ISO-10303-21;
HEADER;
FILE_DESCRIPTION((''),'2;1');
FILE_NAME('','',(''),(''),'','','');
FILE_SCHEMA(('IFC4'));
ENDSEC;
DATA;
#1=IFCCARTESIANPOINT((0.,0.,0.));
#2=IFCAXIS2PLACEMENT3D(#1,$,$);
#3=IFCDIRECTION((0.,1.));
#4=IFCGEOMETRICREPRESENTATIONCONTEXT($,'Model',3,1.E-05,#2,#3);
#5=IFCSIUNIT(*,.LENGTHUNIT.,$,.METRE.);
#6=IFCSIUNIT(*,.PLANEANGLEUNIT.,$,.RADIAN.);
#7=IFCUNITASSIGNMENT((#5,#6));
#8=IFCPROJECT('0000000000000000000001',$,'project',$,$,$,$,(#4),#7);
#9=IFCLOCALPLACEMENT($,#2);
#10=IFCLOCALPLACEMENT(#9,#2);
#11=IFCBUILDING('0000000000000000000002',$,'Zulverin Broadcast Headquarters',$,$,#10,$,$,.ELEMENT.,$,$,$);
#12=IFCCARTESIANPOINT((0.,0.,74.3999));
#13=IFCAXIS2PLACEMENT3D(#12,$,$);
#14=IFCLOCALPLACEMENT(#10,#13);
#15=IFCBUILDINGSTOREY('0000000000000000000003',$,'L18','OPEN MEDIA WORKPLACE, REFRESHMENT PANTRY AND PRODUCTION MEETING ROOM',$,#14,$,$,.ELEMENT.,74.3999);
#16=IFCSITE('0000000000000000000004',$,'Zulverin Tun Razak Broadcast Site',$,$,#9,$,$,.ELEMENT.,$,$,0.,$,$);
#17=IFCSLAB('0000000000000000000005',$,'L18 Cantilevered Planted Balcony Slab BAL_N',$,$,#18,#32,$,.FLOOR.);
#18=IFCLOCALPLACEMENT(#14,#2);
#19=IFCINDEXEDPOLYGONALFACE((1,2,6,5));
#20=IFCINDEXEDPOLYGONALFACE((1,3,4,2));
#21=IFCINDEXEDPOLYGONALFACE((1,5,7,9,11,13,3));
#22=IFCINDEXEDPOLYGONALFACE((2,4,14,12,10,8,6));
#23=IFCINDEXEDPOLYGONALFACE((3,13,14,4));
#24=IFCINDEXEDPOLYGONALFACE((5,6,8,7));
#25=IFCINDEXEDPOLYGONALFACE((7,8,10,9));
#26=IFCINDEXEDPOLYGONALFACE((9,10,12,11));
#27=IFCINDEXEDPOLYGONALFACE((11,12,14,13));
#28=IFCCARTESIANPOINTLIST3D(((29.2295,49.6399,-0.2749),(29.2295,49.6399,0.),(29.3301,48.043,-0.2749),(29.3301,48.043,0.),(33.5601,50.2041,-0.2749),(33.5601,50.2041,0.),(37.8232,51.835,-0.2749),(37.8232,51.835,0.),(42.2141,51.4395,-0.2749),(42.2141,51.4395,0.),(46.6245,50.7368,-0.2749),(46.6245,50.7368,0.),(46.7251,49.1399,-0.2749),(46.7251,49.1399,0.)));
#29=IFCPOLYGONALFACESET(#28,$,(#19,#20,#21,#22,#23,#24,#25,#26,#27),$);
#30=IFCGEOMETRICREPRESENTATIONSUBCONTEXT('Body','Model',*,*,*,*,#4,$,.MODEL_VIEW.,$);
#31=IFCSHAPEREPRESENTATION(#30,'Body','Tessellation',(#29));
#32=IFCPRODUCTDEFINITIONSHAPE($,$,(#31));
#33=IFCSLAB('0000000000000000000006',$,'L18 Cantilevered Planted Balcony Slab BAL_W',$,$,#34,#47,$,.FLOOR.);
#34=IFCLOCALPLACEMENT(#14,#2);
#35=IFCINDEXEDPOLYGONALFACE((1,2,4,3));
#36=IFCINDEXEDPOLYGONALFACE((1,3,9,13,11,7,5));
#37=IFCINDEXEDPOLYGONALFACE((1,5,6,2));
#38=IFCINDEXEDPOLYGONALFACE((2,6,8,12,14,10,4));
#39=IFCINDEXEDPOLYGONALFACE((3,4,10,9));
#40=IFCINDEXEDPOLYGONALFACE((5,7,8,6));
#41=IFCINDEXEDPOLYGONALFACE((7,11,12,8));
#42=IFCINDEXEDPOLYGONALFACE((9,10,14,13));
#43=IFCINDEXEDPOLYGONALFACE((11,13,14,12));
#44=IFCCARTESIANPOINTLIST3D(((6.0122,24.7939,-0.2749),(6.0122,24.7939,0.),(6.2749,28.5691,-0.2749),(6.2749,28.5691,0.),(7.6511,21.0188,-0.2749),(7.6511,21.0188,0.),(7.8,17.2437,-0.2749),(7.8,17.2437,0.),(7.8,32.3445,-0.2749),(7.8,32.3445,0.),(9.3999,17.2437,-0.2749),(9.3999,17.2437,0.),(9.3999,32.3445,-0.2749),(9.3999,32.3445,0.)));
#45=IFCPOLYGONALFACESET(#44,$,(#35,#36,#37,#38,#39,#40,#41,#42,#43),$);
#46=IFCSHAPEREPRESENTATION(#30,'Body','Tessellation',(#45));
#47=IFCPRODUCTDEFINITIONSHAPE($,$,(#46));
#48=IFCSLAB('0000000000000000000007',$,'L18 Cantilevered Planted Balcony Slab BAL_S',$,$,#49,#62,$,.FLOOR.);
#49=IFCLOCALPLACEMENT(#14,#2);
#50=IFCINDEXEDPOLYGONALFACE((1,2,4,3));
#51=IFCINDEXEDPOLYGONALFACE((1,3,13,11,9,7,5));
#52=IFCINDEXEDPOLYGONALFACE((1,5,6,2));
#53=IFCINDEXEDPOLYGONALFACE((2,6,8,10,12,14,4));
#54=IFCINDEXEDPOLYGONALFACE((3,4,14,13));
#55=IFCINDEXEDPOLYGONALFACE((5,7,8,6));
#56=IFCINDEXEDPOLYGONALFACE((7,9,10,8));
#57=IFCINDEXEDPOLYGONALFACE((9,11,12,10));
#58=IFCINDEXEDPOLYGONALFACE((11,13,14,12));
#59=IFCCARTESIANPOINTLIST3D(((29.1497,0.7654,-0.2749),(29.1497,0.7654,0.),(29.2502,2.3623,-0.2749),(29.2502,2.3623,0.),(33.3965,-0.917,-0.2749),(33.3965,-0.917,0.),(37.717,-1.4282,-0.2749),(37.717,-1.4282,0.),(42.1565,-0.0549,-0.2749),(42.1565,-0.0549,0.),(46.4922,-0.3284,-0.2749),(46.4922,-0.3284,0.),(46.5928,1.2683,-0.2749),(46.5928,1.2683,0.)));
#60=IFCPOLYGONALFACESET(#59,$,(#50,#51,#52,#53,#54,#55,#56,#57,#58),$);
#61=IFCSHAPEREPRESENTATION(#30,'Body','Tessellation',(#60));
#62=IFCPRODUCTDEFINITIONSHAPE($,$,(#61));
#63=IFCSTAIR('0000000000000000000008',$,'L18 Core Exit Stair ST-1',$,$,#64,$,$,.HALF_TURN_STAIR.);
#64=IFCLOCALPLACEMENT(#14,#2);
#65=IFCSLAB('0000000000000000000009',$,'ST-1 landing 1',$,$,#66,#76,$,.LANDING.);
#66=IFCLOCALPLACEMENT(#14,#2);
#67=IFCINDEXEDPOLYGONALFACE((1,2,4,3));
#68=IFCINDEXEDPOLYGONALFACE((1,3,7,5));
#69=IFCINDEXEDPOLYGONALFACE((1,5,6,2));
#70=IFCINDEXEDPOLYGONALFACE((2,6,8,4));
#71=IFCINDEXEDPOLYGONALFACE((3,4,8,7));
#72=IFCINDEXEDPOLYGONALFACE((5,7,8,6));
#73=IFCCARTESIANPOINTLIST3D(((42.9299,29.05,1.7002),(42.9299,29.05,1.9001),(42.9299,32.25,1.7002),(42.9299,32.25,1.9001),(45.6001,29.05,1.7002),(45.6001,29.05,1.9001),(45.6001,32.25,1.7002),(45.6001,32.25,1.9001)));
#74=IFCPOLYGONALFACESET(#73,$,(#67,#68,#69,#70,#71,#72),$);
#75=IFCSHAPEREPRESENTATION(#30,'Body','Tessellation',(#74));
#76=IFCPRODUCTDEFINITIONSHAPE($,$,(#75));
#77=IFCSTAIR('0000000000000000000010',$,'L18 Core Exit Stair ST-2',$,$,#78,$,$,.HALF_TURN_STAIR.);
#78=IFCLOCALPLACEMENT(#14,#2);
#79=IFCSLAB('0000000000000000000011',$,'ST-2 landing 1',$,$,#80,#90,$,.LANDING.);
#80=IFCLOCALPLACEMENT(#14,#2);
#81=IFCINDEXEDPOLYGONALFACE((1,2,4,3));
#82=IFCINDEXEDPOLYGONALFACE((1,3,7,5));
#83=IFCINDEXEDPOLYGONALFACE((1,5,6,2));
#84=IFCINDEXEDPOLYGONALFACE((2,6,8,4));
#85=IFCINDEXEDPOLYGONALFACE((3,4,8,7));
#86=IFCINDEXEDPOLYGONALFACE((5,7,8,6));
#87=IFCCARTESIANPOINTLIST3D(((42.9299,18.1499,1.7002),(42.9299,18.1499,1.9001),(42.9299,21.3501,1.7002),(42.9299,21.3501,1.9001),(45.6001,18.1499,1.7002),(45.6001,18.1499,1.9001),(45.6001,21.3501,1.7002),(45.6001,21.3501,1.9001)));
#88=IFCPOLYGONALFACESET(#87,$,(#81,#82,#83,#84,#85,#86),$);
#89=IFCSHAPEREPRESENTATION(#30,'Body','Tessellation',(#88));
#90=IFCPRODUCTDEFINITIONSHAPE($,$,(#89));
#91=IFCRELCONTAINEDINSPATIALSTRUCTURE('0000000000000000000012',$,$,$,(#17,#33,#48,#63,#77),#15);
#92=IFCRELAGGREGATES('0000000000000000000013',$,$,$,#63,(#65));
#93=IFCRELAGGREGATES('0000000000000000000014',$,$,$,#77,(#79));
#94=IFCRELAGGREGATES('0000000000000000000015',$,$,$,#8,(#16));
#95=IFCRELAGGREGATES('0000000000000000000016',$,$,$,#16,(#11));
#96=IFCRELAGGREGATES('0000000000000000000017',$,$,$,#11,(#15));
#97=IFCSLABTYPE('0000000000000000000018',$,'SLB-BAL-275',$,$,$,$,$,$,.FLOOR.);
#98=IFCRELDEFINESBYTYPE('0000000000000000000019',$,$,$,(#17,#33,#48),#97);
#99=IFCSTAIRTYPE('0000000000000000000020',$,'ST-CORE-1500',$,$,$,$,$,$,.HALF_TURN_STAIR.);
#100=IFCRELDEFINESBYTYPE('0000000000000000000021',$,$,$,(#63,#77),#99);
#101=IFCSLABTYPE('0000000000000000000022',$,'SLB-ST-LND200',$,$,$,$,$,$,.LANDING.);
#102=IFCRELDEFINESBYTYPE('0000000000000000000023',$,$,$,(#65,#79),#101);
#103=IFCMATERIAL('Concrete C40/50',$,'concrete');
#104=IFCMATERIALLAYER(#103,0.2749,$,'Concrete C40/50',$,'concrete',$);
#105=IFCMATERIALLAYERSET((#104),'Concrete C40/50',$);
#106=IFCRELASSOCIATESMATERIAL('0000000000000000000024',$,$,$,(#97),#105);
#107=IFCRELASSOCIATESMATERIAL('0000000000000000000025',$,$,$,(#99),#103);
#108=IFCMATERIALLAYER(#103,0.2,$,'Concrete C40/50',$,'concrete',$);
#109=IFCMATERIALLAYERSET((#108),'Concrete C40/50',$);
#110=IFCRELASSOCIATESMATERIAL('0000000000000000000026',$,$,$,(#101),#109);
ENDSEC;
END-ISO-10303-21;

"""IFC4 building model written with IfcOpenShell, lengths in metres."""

from ifc_helpers import new_model, si_unit, direction, frame, origin, place, context, subcontext, project, spatial, polyline, outline, extrude, material, layer, layer_set, type_object, element, aggregate, save


model = new_model("IFC4")

# Units and contexts
model_context = context("Model", 3, precision=1e-05, world=origin(), true_north=direction((0.0, 1.0)))
body_context = subcontext(model_context, "Body", "Model", "MODEL_VIEW")
ifc_project = project(units=[si_unit("LENGTHUNIT", "METRE"), si_unit("PLANEANGLEUNIT", "RADIAN")], contexts=[model_context])

# Site, building, storey
site_placement = place(None, origin())
site = spatial("IfcSite", under=ifc_project, at=site_placement, Name="Zulverin Tun Razak Broadcast Site", CompositionType="ELEMENT", RefElevation=0.0)
building_placement = place(site_placement, origin())
building = spatial("IfcBuilding", under=site, at=building_placement, Name="Zulverin Broadcast Headquarters", CompositionType="ELEMENT")
storey_placement = place(building_placement, frame((0.0, 0.0, 74.3999)))
storey = spatial("IfcBuildingStorey", under=building, at=storey_placement, Name="L18", Description="OPEN MEDIA WORKPLACE, REFRESHMENT PANTRY AND PRODUCTION MEETING ROOM", CompositionType="ELEMENT", Elevation=74.3999)

# Slabs
ifc_material_1 = material(Name="Concrete C40/50", Category="concrete")
ifc_layer_1 = layer(ifc_material_1, 0.2749, Name="Concrete C40/50", Category="concrete")
ifc_layer_set_1 = layer_set([ifc_layer_1], Name="Concrete C40/50")
slab_type_1 = type_object("IfcSlabType", Name="SLB-BAL-275", PredefinedType="FLOOR", material=ifc_layer_set_1)
slab_1_placement = place(storey_placement, frame((0.0, 0.0, -0.2749)))
element("IfcSlab", 1, at=slab_1_placement, inside=storey, type_object=slab_type_1, Name="L18 Cantilevered Planted Balcony Slab BAL_N", PredefinedType="FLOOR", context=body_context, shape_type="SweptSolid", body=[
    extrude(outline(polyline([(29.3301, 48.043), (46.7251, 49.1399), (46.6245, 50.7368), (42.2141, 51.4395), (37.8232, 51.835), (33.5601, 50.2041), (29.2295, 49.6399), (29.3301, 48.043)])), origin(), (0.0, 0.0, 1.0), 0.2749),
])
slab_2_placement = place(storey_placement, frame((0.0, 0.0, -0.2749)))
element("IfcSlab", 2, at=slab_2_placement, inside=storey, type_object=slab_type_1, Name="L18 Cantilevered Planted Balcony Slab BAL_W", PredefinedType="FLOOR", context=body_context, shape_type="SweptSolid", body=[
    extrude(outline(polyline([(9.3999, 17.2437), (9.3999, 32.3445), (7.8, 32.3445), (6.2749, 28.5691), (6.0122, 24.7939), (7.6511, 21.0188), (7.8, 17.2437), (9.3999, 17.2437)])), origin(), (0.0, 0.0, 1.0), 0.2749),
])
slab_3_placement = place(storey_placement, frame((0.0, 0.0, -0.2749)))
element("IfcSlab", 3, at=slab_3_placement, inside=storey, type_object=slab_type_1, Name="L18 Cantilevered Planted Balcony Slab BAL_S", PredefinedType="FLOOR", context=body_context, shape_type="SweptSolid", body=[
    extrude(outline(polyline([(46.5928, 1.2683), (29.2502, 2.3623), (29.1497, 0.7654), (33.3965, -0.917), (37.717, -1.4282), (42.1565, -0.0549), (46.4922, -0.3284), (46.5928, 1.2683)])), origin(), (0.0, 0.0, 1.0), 0.2749),
])

# Stairs, slabs
stair_type = type_object("IfcStairType", Name="ST-CORE-1500", PredefinedType="HALF_TURN_STAIR", material=ifc_material_1)
stair_1_placement = place(storey_placement, origin())
stair_1 = element("IfcStair", 4, at=stair_1_placement, inside=storey, type_object=stair_type, Name="L18 Core Exit Stair ST-1", PredefinedType="HALF_TURN_STAIR")
ifc_layer_2 = layer(ifc_material_1, 0.2, Name="Concrete C40/50", Category="concrete")
ifc_layer_set_2 = layer_set([ifc_layer_2], Name="Concrete C40/50")
slab_type_2 = type_object("IfcSlabType", Name="SLB-ST-LND200", PredefinedType="LANDING", material=ifc_layer_set_2)
slab_4_placement = place(storey_placement, frame((0.0, 0.0, 1.7002)))
slab_4 = element("IfcSlab", 5, at=slab_4_placement, type_object=slab_type_2, Name="ST-1 landing 1", PredefinedType="LANDING", context=body_context, shape_type="SweptSolid", body=[
    extrude(outline(polyline([(42.9299, 29.05), (45.6001, 29.05), (45.6001, 32.25), (42.9299, 32.25), (42.9299, 29.05)])), origin(), (0.0, 0.0, 1.0), 0.2),
])
aggregate(stair_1, [slab_4])
stair_2_placement = place(storey_placement, origin())
stair_2 = element("IfcStair", 6, at=stair_2_placement, inside=storey, type_object=stair_type, Name="L18 Core Exit Stair ST-2", PredefinedType="HALF_TURN_STAIR")
slab_5_placement = place(storey_placement, frame((0.0, 0.0, 1.7002)))
slab_5 = element("IfcSlab", 7, at=slab_5_placement, type_object=slab_type_2, Name="ST-2 landing 1", PredefinedType="LANDING", context=body_context, shape_type="SweptSolid", body=[
    extrude(outline(polyline([(42.9299, 18.1499), (45.6001, 18.1499), (45.6001, 21.3501), (42.9299, 21.3501), (42.9299, 18.1499)])), origin(), (0.0, 0.0, 1.0), 0.2),
])
aggregate(stair_2, [slab_5])

save(model, "model.ifc")
